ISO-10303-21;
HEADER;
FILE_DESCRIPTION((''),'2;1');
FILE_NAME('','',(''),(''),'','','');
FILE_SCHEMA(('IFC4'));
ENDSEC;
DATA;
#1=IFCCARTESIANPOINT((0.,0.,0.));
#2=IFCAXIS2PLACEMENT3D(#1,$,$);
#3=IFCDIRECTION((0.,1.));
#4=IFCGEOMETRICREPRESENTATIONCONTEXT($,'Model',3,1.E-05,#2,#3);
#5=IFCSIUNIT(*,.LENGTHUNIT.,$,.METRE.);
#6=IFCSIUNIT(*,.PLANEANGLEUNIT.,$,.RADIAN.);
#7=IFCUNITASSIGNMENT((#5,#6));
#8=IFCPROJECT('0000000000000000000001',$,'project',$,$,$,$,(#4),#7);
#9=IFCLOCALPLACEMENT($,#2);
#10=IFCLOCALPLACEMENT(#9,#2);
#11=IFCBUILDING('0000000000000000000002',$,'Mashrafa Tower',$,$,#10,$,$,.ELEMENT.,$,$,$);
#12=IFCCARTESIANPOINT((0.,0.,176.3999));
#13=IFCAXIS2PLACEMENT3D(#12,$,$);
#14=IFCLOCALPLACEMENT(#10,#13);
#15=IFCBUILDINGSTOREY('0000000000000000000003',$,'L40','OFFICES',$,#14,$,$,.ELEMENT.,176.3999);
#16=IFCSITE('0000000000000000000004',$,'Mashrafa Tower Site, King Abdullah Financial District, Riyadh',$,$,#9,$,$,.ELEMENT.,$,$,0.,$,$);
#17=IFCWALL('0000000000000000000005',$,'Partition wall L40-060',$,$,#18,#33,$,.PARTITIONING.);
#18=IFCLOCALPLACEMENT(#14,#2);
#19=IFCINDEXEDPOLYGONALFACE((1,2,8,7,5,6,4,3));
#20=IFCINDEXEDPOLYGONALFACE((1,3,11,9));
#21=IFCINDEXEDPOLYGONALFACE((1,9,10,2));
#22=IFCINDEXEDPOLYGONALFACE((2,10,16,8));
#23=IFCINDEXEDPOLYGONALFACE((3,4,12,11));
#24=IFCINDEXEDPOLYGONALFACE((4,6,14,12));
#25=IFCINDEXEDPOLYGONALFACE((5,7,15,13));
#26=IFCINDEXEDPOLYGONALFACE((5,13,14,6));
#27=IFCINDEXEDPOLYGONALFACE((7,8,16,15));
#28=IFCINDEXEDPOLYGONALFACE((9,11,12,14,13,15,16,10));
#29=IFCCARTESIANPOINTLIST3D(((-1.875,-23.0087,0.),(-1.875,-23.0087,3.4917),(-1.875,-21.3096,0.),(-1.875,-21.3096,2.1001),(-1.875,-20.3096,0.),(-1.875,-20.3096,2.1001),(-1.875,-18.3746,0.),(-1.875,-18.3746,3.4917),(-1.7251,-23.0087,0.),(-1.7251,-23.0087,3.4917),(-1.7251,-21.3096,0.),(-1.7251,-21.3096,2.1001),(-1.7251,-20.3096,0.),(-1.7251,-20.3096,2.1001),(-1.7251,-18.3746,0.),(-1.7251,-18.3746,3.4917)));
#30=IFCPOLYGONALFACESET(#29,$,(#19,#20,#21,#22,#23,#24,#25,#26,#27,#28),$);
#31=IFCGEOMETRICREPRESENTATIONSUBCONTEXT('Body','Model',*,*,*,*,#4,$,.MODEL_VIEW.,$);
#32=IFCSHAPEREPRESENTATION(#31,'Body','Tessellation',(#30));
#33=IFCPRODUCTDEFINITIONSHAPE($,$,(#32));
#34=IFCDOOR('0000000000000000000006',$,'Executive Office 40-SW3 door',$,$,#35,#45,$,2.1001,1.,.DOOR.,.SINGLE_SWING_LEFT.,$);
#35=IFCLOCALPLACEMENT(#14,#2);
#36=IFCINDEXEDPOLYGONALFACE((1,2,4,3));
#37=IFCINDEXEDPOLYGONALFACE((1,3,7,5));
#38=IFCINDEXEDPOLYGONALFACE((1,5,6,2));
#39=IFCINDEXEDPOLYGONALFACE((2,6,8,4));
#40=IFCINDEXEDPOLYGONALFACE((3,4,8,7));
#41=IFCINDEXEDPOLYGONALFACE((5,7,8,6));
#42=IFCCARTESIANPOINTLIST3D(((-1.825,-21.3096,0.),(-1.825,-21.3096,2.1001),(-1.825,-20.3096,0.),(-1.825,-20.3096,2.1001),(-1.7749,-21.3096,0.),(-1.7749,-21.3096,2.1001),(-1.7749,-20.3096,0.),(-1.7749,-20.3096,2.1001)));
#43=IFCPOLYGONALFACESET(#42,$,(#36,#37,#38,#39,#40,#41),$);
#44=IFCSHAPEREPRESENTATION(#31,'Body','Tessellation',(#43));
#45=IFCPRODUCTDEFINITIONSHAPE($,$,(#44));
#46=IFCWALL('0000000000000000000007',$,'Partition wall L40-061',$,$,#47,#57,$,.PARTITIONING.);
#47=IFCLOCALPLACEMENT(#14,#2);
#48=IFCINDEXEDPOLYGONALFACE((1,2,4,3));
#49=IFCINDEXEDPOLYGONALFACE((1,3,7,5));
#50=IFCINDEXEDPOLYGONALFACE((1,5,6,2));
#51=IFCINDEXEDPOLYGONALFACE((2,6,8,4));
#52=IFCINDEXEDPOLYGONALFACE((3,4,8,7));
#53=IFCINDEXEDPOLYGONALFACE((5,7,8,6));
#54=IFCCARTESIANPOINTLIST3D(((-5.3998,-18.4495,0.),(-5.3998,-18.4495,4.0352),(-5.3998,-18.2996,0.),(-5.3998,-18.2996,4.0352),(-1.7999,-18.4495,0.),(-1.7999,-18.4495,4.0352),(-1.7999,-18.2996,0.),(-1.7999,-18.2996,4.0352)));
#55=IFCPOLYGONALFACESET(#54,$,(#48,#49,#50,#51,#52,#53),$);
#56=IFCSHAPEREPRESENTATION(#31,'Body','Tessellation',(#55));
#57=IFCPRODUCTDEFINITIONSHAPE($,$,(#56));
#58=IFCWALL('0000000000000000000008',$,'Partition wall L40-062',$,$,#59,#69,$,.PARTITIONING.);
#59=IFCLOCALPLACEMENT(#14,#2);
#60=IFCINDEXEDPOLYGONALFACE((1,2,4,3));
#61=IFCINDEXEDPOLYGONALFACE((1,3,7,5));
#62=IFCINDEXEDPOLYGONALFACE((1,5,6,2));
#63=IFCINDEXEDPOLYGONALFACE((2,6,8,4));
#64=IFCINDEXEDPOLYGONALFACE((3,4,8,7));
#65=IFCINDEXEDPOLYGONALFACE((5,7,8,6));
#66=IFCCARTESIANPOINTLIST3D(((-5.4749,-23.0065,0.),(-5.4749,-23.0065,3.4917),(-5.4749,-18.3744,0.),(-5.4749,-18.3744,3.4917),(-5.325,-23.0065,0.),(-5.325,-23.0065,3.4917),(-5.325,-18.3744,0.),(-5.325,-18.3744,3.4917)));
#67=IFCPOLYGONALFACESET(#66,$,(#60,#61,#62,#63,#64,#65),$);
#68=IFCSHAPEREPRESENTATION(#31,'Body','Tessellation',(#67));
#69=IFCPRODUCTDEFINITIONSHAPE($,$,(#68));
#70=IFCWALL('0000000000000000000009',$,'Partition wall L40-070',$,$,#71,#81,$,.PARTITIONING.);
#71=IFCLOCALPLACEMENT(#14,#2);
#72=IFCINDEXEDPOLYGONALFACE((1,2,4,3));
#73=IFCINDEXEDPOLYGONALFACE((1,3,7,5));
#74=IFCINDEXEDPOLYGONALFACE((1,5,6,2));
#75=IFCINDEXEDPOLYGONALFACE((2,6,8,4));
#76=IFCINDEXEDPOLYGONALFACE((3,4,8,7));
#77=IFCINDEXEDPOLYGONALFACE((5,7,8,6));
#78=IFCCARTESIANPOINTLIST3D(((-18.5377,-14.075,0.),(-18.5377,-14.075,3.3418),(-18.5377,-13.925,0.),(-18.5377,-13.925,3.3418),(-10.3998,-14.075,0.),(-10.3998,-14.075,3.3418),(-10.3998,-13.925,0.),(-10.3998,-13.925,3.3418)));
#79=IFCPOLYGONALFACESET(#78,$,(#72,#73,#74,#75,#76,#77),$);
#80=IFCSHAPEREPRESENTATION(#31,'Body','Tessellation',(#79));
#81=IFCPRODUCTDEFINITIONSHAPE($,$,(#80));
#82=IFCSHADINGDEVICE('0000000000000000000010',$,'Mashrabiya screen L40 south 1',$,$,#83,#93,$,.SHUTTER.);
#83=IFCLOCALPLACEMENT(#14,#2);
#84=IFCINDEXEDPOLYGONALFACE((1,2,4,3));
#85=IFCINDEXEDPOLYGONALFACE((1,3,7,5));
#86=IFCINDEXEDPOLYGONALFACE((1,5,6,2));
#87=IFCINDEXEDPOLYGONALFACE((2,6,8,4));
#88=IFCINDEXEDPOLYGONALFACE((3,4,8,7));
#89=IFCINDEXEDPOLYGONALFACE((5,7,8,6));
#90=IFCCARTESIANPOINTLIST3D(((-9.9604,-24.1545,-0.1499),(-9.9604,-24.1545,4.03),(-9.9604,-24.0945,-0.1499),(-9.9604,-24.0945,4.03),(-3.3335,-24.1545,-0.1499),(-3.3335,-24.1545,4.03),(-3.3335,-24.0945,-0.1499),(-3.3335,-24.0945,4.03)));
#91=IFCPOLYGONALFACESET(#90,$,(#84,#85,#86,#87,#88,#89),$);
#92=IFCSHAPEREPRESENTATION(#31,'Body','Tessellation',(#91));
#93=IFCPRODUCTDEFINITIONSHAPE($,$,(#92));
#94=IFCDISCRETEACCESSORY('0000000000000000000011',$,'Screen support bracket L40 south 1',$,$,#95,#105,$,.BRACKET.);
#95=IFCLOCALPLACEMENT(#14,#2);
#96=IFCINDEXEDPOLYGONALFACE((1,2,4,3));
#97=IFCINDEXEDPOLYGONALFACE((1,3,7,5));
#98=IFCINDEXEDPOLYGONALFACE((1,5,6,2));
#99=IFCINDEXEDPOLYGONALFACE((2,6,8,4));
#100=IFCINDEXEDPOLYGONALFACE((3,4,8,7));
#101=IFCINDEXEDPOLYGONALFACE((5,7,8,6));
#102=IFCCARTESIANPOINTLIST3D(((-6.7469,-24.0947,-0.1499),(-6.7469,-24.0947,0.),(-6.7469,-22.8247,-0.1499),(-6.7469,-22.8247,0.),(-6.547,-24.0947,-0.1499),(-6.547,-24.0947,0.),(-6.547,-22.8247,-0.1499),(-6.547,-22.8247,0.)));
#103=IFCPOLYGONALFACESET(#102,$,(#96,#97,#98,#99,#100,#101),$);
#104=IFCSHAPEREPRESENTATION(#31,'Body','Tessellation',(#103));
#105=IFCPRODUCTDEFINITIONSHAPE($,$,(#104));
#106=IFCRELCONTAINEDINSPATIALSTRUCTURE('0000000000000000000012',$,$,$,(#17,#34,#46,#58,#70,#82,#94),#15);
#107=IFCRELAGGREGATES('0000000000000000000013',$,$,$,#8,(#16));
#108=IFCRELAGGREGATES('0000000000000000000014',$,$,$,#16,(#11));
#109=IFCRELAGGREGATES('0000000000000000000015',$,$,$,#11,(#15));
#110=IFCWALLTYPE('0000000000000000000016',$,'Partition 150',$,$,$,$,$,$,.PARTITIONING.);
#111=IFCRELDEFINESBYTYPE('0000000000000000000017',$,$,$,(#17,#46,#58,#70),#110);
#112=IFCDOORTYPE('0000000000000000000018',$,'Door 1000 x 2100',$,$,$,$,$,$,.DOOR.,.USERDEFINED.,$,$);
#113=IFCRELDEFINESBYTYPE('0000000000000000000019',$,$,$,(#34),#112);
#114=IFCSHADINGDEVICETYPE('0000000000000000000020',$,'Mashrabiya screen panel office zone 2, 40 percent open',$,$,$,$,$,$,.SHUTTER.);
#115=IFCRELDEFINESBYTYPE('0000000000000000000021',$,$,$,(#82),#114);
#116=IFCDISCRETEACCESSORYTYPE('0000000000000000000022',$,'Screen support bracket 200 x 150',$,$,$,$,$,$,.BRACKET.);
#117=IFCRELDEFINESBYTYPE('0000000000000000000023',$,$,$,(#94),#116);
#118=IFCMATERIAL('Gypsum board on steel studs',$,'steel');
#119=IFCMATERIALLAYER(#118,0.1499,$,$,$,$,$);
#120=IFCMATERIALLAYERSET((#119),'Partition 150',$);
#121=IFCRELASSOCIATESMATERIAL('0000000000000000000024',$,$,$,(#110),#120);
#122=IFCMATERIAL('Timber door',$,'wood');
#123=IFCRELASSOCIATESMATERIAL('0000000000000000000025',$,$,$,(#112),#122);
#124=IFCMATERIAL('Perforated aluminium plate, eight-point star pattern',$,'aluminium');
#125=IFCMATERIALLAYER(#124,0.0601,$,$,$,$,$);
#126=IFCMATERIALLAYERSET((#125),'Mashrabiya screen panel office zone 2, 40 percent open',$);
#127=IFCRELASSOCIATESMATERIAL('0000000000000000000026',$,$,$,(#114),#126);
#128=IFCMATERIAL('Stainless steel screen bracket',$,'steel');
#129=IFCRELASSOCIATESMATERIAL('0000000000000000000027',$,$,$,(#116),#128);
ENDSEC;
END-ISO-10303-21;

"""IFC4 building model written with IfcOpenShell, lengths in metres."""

from ifc_helpers import new_model, si_unit, direction, frame, frame_2d, origin, origin_2d, place, context, subcontext, project, spatial, rectangle, extrude, source, transform, mapped, material, layer, layer_set, type_object, type_shapes, element, fill, save


model = new_model("IFC4")

# Units and contexts
model_context = context("Model", 3, precision=1e-05, world=origin(), true_north=direction((0.0, 1.0)))
body_context = subcontext(model_context, "Body", "Model", "MODEL_VIEW")
ifc_project = project(units=[si_unit("LENGTHUNIT", "METRE"), si_unit("PLANEANGLEUNIT", "RADIAN")], contexts=[model_context])

# Site, building, storey
site_placement = place(None, origin())
site = spatial("IfcSite", under=ifc_project, at=site_placement, Name="Mashrafa Tower Site, King Abdullah Financial District, Riyadh", CompositionType="ELEMENT", RefElevation=0.0)
building_placement = place(site_placement, origin())
building = spatial("IfcBuilding", under=site, at=building_placement, Name="Mashrafa Tower", CompositionType="ELEMENT")
storey_placement = place(building_placement, frame((0.0, 0.0, 176.3999)))
storey = spatial("IfcBuildingStorey", under=building, at=storey_placement, Name="L40", Description="OFFICES", CompositionType="ELEMENT", Elevation=176.3999)

# Shared definitions
ifc_material_1 = material(Name="Gypsum board on steel studs", Category="steel")
ifc_layer_1 = layer(ifc_material_1, 0.1499)
ifc_layer_set_1 = layer_set([ifc_layer_1], Name="Partition 150")
wall_type = type_object("IfcWallType", Name="Partition 150", PredefinedType="PARTITIONING", material=ifc_layer_set_1)

# Wall, opening, door
wall_1_placement = place(storey_placement, frame((-1.8, -23.0085, 0.0), z_axis=(0.0, 0.0, 1.0), x_axis=(0.0, 1.0, 0.0)))
wall_1 = element("IfcWall", 1, at=wall_1_placement, inside=storey, type_object=wall_type, Name="Partition wall L40-060", PredefinedType="PARTITIONING", context=body_context, shape_type="SweptSolid", body=[
    extrude(rectangle(XDim=4.634, YDim=0.1499, at=frame_2d((2.3169, 0.0))), origin(), (0.0, 0.0, 1.0), 3.4917),
])
opening_placement = place(wall_1_placement, frame((1.699, 0.0, 0.0)))
opening = element("IfcOpeningElement", 2, at=opening_placement, cuts=wall_1, PredefinedType="OPENING", context=body_context, shape_type="SweptSolid", body=[
    extrude(rectangle(XDim=1.0, YDim=2.1001, at=frame_2d((0.5, 1.05))), frame((0.0, 0.085, 0.0), z_axis=(0.0, -1.0, 0.0), x_axis=(1.0, 0.0, 0.0)), (0.0, 0.0, 1.0), 0.1699),
])
ifc_material_2 = material(Name="Timber door", Category="wood")
door_type = type_object("IfcDoorType", Name="Door 1000 x 2100", OperationType="USERDEFINED", PredefinedType="DOOR", material=ifc_material_2)
door_placement = place(opening_placement, origin())
door = element("IfcDoor", 3, at=door_placement, inside=storey, type_object=door_type, Name="Executive Office 40-SW3 door", OperationType="SINGLE_SWING_LEFT", OverallHeight=2.1001, OverallWidth=1.0, PredefinedType="DOOR", context=body_context, shape_type="SweptSolid", body=[
    extrude(rectangle(XDim=1.0, YDim=2.1001, at=frame_2d((0.5, 1.05))), frame((0.0, 0.0249, 0.0), z_axis=(0.0, -1.0, 0.0), x_axis=(1.0, 0.0, 0.0)), (0.0, 0.0, 1.0), 0.05),
])
fill(opening, door)

# Walls
wall_2_placement = place(storey_placement, frame((-1.8, -18.3745, 0.0), z_axis=(0.0, 0.0, 1.0), x_axis=(-1.0, 0.0, 0.0)))
element("IfcWall", 4, at=wall_2_placement, inside=storey, type_object=wall_type, Name="Partition wall L40-061", PredefinedType="PARTITIONING", context=body_context, shape_type="SweptSolid", body=[
    extrude(rectangle(XDim=3.5999, YDim=0.1499, at=frame_2d((1.7998, 0.0))), origin(), (0.0, 0.0, 1.0), 4.0352),
])
wall_3_placement = place(storey_placement, frame((-5.3999, -18.3745, 0.0), z_axis=(0.0, 0.0, 1.0), x_axis=(0.0, -1.0, 0.0)))
element("IfcWall", 5, at=wall_3_placement, inside=storey, type_object=wall_type, Name="Partition wall L40-062", PredefinedType="PARTITIONING", context=body_context, shape_type="SweptSolid", body=[
    extrude(rectangle(XDim=4.6321, YDim=0.1499, at=frame_2d((2.3159, 0.0))), origin(), (0.0, 0.0, 1.0), 3.4917),
])
wall_4_placement = place(storey_placement, frame((-10.3999, -14.0, 0.0), z_axis=(0.0, 0.0, 1.0), x_axis=(-1.0, 0.0, 0.0)))
element("IfcWall", 6, at=wall_4_placement, inside=storey, type_object=wall_type, Name="Partition wall L40-070", PredefinedType="PARTITIONING", context=body_context, shape_type="SweptSolid", body=[
    extrude(rectangle(XDim=8.1379, YDim=0.1499, at=frame_2d((4.0688, 0.0))), origin(), (0.0, 0.0, 1.0), 3.3418),
])

# Shading device
ifc_material_3 = material(Name="Perforated aluminium plate, eight-point star pattern", Category="aluminium")
ifc_layer_2 = layer(ifc_material_3, 0.0601)
ifc_layer_set_2 = layer_set([ifc_layer_2], Name="Mashrabiya screen panel office zone 2, 40 percent open")
shading_device_type = type_object("IfcShadingDeviceType", Name="Mashrabiya screen panel office zone 2, 40 percent open", PredefinedType="SHUTTER", material=ifc_layer_set_2)
shared_shape_1 = source(origin(), body_context, "Body", "SweptSolid", [
    extrude(rectangle(XDim=6.627, YDim=0.0601, at=origin_2d()), origin(), (0.0, 0.0, 1.0), 4.1799),
])
type_shapes(shading_device_type, [shared_shape_1])
shading_device_placement = place(storey_placement, frame((-6.647, -24.1245, -0.1499), z_axis=(0.0, 0.0, 1.0), x_axis=(1.0, 0.0, 0.0)))
element("IfcShadingDevice", 7, at=shading_device_placement, inside=storey, type_object=shading_device_type, Name="Mashrabiya screen L40 south 1", PredefinedType="SHUTTER", context=body_context, shape_type="MappedRepresentation", body=[
    mapped(shared_shape_1, transform((0.0, 0.0, 0.0))),
])

# Discrete accessory
ifc_material_4 = material(Name="Stainless steel screen bracket", Category="steel")
discrete_accessory_type = type_object("IfcDiscreteAccessoryType", Name="Screen support bracket 200 x 150", PredefinedType="BRACKET", material=ifc_material_4)
shared_shape_2 = source(origin(), body_context, "Body", "SweptSolid", [
    extrude(rectangle(XDim=0.2, YDim=1.27, at=origin_2d()), origin(), (0.0, 0.0, 1.0), 0.1499),
])
type_shapes(discrete_accessory_type, [shared_shape_2])
discrete_accessory_placement = place(storey_placement, frame((-6.647, -23.4597, -0.1499), z_axis=(0.0, 0.0, 1.0), x_axis=(1.0, 0.0, 0.0)))
element("IfcDiscreteAccessory", 8, at=discrete_accessory_placement, inside=storey, type_object=discrete_accessory_type, Name="Screen support bracket L40 south 1", PredefinedType="BRACKET", context=body_context, shape_type="MappedRepresentation", body=[
    mapped(shared_shape_2, transform((0.0, 0.0, 0.0))),
])

save(model, "model.ifc")
